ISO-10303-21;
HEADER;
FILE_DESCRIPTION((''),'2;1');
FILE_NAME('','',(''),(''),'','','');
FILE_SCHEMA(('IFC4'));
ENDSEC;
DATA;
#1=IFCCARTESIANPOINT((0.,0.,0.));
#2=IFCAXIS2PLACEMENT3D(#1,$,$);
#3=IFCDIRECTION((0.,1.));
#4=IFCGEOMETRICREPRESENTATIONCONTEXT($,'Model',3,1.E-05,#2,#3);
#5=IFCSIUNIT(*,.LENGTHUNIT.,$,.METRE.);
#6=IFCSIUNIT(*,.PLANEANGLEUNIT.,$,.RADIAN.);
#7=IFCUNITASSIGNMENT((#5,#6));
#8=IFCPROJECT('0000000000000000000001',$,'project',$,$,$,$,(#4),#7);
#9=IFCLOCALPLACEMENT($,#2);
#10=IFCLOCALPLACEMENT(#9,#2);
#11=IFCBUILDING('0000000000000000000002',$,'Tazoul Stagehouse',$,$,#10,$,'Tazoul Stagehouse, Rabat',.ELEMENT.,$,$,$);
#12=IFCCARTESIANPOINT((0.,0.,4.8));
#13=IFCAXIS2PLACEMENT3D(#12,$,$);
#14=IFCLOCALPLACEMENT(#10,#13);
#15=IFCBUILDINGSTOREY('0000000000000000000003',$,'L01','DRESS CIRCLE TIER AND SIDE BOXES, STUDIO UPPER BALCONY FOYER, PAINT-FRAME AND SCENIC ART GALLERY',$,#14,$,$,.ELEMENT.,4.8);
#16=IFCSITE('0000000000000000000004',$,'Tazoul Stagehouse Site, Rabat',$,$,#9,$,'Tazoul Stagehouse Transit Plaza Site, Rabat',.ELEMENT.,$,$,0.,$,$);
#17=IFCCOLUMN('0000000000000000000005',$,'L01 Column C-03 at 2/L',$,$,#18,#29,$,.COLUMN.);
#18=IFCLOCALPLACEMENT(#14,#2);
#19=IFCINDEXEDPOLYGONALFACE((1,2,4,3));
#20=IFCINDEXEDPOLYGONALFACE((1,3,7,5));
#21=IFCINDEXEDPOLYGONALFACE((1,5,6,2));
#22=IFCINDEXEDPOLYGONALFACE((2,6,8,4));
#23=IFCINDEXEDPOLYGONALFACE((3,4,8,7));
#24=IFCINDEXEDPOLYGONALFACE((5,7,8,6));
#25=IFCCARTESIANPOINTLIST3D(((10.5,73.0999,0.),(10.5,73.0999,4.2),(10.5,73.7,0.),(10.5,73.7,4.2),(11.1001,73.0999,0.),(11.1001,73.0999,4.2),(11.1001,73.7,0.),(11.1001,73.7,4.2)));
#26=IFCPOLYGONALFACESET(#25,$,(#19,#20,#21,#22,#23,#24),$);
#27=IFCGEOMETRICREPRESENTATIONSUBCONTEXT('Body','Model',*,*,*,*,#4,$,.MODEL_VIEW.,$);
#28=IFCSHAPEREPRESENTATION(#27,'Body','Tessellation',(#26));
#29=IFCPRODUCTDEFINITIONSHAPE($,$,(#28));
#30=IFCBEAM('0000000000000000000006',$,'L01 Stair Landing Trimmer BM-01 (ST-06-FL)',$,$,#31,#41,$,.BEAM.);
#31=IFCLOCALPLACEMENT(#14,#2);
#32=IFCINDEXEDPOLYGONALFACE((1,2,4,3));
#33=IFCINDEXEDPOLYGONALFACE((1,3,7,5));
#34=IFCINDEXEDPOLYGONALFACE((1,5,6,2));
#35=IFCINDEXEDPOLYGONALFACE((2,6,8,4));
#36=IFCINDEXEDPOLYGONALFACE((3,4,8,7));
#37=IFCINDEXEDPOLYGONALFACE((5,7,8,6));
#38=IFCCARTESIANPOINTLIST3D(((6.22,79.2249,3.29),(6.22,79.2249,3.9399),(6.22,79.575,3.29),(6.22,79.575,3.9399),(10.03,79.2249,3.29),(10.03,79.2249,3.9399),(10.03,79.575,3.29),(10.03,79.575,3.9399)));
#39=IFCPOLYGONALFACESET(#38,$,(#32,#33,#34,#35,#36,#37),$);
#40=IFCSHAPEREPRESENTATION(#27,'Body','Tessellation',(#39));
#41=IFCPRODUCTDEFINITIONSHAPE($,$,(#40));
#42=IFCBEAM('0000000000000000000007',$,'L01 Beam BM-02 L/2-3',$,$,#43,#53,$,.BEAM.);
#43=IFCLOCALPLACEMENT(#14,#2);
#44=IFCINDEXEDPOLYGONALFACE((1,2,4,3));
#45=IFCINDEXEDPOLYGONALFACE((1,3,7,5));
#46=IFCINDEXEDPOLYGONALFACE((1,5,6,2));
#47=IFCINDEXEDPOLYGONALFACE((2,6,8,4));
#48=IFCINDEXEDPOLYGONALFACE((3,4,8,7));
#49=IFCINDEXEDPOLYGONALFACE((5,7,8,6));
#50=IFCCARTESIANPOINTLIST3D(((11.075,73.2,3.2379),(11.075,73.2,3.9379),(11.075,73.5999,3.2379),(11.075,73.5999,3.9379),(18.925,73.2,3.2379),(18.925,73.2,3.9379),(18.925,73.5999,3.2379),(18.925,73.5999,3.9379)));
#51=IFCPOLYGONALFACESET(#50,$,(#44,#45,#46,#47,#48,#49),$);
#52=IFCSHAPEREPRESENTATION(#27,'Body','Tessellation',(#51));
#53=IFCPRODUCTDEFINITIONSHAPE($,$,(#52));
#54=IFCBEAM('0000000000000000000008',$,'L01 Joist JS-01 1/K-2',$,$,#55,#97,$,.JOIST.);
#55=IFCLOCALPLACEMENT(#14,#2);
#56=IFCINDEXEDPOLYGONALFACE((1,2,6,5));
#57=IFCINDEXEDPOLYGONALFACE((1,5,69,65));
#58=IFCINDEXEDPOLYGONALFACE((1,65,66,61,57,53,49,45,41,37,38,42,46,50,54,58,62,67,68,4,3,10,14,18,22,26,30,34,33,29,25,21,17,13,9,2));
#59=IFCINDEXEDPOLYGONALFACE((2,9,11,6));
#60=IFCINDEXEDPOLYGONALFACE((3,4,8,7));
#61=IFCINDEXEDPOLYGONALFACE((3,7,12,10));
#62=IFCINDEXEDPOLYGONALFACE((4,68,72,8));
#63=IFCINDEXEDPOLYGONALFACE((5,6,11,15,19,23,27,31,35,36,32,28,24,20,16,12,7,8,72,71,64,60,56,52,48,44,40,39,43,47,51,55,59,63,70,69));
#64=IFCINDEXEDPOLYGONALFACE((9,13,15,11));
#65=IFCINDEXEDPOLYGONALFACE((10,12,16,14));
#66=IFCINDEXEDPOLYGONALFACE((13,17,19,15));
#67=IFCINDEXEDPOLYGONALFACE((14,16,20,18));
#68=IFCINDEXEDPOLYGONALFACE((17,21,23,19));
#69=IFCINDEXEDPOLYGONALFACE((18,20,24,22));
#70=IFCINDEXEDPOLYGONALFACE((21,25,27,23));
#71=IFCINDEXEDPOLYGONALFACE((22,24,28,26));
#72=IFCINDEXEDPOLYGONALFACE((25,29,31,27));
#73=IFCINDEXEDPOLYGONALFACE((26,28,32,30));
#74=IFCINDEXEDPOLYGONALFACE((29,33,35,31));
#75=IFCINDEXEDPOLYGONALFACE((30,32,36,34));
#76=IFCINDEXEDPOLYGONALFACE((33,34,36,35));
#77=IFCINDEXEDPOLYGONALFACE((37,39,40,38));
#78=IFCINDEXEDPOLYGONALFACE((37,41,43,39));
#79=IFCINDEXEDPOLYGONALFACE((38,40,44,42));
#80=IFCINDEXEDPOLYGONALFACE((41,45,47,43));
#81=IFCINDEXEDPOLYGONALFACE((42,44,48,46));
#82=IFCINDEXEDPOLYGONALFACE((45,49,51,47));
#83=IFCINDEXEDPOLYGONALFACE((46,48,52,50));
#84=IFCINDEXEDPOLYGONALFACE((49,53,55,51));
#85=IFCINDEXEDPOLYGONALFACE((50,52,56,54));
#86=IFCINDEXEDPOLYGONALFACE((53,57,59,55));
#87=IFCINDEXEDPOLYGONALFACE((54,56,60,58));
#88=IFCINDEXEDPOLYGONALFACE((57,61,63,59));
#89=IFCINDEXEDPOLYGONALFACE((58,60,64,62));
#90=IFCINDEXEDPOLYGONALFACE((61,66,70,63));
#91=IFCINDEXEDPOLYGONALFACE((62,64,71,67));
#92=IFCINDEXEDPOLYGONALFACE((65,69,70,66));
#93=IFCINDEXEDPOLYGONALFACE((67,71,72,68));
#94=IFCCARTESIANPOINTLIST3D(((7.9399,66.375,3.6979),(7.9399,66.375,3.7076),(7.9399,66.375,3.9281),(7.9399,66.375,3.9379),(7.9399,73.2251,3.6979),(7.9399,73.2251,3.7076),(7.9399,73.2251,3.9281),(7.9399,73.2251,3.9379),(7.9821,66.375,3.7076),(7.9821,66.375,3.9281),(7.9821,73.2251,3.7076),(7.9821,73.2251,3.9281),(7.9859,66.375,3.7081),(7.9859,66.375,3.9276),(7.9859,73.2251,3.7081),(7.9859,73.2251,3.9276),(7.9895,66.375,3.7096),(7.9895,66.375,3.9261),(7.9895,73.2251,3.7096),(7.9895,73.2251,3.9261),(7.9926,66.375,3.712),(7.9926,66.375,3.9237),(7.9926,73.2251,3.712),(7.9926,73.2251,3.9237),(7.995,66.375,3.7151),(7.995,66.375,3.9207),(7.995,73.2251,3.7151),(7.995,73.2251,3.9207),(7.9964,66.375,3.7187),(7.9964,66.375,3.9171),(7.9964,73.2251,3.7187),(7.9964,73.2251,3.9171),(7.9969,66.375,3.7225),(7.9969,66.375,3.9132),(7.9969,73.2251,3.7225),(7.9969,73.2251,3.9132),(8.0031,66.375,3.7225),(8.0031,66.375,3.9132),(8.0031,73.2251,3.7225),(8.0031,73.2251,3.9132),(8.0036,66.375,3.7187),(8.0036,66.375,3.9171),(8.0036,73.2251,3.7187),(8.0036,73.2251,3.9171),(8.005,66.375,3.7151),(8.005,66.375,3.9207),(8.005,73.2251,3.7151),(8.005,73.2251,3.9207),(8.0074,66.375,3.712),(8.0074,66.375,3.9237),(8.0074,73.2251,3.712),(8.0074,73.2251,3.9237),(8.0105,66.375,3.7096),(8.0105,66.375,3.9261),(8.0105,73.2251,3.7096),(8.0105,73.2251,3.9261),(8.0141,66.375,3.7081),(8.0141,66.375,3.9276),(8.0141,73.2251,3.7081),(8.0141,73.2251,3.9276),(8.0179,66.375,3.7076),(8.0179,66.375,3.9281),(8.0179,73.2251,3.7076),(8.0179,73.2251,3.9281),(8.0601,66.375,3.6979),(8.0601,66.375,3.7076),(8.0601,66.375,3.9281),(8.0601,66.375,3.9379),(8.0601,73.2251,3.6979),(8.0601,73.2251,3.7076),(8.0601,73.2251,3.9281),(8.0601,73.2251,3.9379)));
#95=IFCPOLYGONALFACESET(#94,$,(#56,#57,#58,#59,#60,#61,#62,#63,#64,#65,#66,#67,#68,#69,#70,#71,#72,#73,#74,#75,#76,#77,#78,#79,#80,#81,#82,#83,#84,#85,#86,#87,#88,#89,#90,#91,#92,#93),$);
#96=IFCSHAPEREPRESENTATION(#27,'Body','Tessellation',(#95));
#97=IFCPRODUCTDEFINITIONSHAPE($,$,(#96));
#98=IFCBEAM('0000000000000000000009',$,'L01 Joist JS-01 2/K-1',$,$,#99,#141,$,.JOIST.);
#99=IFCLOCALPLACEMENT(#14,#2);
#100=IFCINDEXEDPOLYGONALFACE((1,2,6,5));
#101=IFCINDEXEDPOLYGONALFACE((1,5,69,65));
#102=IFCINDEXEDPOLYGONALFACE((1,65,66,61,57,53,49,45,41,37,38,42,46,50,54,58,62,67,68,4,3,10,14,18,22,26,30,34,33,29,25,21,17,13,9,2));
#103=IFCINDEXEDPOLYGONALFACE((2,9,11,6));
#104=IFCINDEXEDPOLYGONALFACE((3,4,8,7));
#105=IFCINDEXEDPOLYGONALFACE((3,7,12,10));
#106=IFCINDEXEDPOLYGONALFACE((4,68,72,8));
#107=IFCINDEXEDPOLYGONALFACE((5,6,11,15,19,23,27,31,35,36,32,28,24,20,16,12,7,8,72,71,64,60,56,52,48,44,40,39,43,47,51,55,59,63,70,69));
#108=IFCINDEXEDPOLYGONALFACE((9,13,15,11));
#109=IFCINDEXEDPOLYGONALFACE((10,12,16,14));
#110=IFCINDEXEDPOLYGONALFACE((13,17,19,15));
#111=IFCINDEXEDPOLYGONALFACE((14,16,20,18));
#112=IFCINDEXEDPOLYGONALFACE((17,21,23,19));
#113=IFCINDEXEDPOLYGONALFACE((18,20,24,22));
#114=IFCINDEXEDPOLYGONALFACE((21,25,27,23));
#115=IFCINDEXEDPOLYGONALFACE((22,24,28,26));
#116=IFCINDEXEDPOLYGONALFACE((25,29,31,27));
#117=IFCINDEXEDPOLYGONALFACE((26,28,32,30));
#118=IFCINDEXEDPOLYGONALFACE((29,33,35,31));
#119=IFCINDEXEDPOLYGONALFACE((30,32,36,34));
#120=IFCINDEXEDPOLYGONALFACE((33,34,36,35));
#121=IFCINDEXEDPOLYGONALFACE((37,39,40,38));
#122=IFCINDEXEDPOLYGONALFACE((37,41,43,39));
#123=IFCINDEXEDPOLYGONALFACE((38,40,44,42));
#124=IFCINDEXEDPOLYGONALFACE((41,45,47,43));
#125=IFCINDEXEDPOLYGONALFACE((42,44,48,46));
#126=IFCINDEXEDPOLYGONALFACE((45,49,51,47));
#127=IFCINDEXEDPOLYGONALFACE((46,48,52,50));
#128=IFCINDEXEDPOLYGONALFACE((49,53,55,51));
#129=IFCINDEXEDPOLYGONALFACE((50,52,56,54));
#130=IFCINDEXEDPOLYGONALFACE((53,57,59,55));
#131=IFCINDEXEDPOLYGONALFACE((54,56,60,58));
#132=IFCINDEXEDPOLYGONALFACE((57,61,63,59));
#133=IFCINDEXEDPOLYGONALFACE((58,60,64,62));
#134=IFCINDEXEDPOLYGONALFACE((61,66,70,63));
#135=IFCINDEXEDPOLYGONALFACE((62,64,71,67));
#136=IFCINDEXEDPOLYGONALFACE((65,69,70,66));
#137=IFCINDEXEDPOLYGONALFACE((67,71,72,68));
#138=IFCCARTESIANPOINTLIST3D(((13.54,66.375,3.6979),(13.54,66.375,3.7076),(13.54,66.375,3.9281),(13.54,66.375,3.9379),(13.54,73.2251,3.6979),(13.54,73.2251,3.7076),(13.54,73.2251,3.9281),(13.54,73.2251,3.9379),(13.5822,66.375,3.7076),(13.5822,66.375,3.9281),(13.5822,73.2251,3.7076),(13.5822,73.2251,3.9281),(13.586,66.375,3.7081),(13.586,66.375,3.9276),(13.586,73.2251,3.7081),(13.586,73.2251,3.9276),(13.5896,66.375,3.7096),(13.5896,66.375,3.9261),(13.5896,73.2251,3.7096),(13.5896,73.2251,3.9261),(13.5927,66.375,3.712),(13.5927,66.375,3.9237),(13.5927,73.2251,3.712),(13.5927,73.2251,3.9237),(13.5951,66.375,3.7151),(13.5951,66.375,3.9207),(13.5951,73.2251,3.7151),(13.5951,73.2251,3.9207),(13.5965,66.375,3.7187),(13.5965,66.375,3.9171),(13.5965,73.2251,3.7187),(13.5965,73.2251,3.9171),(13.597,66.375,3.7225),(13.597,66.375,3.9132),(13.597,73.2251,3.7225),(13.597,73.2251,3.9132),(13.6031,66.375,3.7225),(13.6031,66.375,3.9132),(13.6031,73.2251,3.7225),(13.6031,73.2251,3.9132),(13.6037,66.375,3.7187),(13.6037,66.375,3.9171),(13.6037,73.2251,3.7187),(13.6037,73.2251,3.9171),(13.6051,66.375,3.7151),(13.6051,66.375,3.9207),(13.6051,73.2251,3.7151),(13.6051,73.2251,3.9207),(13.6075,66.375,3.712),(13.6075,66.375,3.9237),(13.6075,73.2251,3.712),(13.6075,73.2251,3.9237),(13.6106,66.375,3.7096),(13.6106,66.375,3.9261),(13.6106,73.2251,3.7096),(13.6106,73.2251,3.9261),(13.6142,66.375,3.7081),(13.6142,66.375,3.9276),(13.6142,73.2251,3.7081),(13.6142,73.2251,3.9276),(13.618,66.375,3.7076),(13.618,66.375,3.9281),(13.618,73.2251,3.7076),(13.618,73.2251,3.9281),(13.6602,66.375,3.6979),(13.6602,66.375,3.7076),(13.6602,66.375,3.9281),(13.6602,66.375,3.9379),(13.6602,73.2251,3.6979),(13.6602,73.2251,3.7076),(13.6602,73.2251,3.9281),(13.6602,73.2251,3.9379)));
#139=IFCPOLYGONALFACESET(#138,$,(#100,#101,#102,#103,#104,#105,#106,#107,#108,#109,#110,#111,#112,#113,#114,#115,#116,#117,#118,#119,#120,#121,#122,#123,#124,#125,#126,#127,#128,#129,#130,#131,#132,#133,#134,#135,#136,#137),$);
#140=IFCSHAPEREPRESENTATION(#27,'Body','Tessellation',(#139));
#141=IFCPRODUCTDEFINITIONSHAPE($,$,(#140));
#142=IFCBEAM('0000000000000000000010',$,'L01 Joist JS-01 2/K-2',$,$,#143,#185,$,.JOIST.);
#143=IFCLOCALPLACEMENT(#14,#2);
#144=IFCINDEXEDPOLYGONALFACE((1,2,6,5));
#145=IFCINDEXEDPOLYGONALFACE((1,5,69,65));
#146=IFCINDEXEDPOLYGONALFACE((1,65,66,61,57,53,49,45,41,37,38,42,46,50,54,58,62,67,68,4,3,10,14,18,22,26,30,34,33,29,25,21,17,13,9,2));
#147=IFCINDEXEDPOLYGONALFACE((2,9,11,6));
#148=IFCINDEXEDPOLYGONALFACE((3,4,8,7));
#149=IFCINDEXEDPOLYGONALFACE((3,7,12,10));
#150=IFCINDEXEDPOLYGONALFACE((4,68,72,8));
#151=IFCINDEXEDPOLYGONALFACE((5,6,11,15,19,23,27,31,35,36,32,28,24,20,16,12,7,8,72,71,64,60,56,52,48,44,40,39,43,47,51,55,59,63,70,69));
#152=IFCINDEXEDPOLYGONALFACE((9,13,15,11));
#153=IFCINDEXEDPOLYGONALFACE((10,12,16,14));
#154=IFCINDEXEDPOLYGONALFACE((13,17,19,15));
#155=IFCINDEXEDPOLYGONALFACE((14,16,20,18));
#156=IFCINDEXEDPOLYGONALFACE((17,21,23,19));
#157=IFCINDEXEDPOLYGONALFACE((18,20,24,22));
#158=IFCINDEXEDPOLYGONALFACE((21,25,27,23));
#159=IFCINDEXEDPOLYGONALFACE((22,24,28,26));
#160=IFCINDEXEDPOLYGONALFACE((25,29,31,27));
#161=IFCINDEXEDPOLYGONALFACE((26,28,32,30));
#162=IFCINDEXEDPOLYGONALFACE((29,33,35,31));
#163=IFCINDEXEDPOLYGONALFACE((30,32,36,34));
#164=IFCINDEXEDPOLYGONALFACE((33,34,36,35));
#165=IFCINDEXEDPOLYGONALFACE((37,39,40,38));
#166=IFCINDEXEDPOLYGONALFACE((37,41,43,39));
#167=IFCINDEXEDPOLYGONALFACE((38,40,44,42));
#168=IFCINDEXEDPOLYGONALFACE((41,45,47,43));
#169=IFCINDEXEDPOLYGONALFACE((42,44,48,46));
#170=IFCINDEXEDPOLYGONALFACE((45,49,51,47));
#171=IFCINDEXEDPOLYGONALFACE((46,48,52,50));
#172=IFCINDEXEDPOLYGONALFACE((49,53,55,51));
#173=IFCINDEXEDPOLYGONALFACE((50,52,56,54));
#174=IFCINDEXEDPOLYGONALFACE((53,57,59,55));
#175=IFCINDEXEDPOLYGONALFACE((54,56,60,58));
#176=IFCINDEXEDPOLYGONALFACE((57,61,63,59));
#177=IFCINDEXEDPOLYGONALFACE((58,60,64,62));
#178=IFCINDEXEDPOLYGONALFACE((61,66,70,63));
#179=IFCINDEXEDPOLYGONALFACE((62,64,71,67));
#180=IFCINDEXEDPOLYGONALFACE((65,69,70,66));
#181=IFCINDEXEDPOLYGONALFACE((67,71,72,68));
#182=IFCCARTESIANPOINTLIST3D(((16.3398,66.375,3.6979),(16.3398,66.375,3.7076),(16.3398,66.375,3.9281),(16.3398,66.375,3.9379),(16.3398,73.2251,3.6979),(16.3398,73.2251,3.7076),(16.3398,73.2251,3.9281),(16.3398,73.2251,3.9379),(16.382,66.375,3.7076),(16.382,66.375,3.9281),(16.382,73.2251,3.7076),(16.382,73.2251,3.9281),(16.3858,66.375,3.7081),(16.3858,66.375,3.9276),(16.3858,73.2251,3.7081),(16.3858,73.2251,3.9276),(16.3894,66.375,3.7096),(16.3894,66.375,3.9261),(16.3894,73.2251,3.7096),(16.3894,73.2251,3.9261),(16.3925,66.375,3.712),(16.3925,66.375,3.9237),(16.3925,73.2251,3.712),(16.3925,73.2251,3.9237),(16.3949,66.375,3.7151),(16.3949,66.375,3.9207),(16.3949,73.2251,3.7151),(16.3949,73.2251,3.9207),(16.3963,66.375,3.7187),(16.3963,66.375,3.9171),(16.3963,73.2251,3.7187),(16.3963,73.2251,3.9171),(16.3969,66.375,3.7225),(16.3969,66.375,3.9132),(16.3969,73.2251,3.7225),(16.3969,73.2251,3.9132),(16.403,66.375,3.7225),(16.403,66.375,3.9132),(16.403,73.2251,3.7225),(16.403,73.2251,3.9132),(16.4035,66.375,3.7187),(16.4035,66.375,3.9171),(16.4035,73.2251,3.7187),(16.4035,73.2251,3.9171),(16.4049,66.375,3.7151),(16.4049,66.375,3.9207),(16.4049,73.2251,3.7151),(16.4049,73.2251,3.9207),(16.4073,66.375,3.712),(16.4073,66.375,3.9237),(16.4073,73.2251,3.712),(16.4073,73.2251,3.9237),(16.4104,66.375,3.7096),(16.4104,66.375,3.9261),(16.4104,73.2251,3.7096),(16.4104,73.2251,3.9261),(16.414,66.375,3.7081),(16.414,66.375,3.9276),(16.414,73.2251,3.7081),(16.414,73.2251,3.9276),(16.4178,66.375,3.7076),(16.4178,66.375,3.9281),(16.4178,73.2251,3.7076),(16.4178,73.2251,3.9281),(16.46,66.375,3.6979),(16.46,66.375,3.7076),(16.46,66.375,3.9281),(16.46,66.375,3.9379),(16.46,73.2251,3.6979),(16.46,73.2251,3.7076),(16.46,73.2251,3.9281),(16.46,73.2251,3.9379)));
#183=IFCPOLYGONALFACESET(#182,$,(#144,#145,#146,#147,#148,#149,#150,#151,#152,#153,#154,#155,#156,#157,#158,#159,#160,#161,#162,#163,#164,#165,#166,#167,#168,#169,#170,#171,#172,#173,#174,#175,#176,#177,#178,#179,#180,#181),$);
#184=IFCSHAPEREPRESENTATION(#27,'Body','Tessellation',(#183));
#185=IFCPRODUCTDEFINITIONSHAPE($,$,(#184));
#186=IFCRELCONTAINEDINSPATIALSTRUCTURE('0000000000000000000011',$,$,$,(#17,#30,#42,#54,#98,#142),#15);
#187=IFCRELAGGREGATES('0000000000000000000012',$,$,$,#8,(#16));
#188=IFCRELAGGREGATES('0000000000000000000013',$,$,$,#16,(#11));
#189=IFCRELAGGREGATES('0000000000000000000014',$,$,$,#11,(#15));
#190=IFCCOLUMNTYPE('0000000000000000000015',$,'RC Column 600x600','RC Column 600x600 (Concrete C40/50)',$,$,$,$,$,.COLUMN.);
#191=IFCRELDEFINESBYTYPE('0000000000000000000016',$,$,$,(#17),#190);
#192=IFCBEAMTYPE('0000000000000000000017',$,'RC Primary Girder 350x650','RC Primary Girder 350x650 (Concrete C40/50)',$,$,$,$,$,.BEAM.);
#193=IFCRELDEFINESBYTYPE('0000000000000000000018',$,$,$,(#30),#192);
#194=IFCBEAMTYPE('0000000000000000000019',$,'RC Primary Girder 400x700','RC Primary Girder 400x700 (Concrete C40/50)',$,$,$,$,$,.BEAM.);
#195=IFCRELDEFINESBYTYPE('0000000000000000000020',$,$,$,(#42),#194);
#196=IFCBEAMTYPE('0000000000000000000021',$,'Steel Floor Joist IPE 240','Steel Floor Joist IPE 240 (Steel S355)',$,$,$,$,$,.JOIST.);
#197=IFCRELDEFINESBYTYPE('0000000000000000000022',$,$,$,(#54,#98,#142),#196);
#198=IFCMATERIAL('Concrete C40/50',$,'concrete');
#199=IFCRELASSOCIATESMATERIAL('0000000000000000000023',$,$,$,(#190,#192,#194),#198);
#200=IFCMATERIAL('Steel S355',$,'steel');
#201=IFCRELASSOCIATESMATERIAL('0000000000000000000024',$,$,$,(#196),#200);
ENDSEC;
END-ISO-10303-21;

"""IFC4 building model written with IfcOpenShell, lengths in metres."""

from ifc_helpers import new_model, si_unit, direction, frame, origin, origin_2d, place, context, subcontext, project, spatial, rectangle, i_section, extrude, material, material_profile, profile_set, type_object, element, save


model = new_model("IFC4")

# Units and contexts
model_context = context("Model", 3, precision=1e-05, world=origin(), true_north=direction((0.0, 1.0)))
body_context = subcontext(model_context, "Body", "Model", "MODEL_VIEW")
ifc_project = project(units=[si_unit("LENGTHUNIT", "METRE"), si_unit("PLANEANGLEUNIT", "RADIAN")], contexts=[model_context])

# Site, building, storey
site_placement = place(None, origin())
site = spatial("IfcSite", under=ifc_project, at=site_placement, Name="Tazoul Stagehouse Site, Rabat", LongName="Tazoul Stagehouse Transit Plaza Site, Rabat", CompositionType="ELEMENT", RefElevation=0.0)
building_placement = place(site_placement, origin())
building = spatial("IfcBuilding", under=site, at=building_placement, Name="Tazoul Stagehouse", LongName="Tazoul Stagehouse, Rabat", CompositionType="ELEMENT")
storey_placement = place(building_placement, frame((0.0, 0.0, 4.8)))
storey = spatial("IfcBuildingStorey", under=building, at=storey_placement, Name="L01", Description="DRESS CIRCLE TIER AND SIDE BOXES, STUDIO UPPER BALCONY FOYER, PAINT-FRAME AND SCENIC ART GALLERY", CompositionType="ELEMENT", Elevation=4.8)

# Column
ifc_material_1 = material(Name="Concrete C40/50", Category="concrete")
ifc_material_profile_1 = material_profile(ifc_material_1, rectangle(XDim=0.6001, YDim=0.6001, at=origin_2d()), Name="RC 600x600")
ifc_profile_set_1 = profile_set([ifc_material_profile_1], Name="Concrete C40/50")
column_type = type_object("IfcColumnType", Name="RC Column 600x600", Description="RC Column 600x600 (Concrete C40/50)", PredefinedType="COLUMN", material=ifc_profile_set_1)
column_placement = place(storey_placement, frame((10.8, 73.3999, 0.0), z_axis=(0.0, 0.0, 1.0), x_axis=(1.0, 0.0, 0.0)))
element("IfcColumn", 1, at=column_placement, inside=storey, type_object=column_type, Name="L01 Column C-03 at 2/L", PredefinedType="COLUMN", context=body_context, shape_type="SweptSolid", body=[
    extrude(rectangle(XDim=0.6001, YDim=0.6001, at=origin_2d()), origin(), (0.0, 0.0, 1.0), 4.2),
])

# Beams
ifc_material_profile_2 = material_profile(ifc_material_1, rectangle(XDim=0.3501, YDim=0.6499, at=origin_2d()), Name="RC 350x650")
ifc_profile_set_2 = profile_set([ifc_material_profile_2], Name="Concrete C40/50")
beam_type_1 = type_object("IfcBeamType", Name="RC Primary Girder 350x650", Description="RC Primary Girder 350x650 (Concrete C40/50)", PredefinedType="BEAM", material=ifc_profile_set_2)
beam_1_placement = place(storey_placement, frame((6.22, 79.3999, 3.615), z_axis=(1.0, 0.0, 0.0), x_axis=(0.0, 1.0, 0.0)))
element("IfcBeam", 2, at=beam_1_placement, inside=storey, type_object=beam_type_1, Name="L01 Stair Landing Trimmer BM-01 (ST-06-FL)", PredefinedType="BEAM", context=body_context, shape_type="SweptSolid", body=[
    extrude(rectangle(XDim=0.3501, YDim=0.6499, at=origin_2d()), origin(), (0.0, 0.0, 1.0), 3.8101),
])
ifc_material_profile_3 = material_profile(ifc_material_1, rectangle(XDim=0.3999, YDim=0.7, at=origin_2d()), Name="RC 400x700")
ifc_profile_set_3 = profile_set([ifc_material_profile_3], Name="Concrete C40/50")
beam_type_2 = type_object("IfcBeamType", Name="RC Primary Girder 400x700", Description="RC Primary Girder 400x700 (Concrete C40/50)", PredefinedType="BEAM", material=ifc_profile_set_3)
beam_2_placement = place(storey_placement, frame((11.075, 73.3999, 3.5879), z_axis=(1.0, 0.0, 0.0), x_axis=(0.0, 1.0, 0.0)))
element("IfcBeam", 3, at=beam_2_placement, inside=storey, type_object=beam_type_2, Name="L01 Beam BM-02 L/2-3", PredefinedType="BEAM", context=body_context, shape_type="SweptSolid", body=[
    extrude(rectangle(XDim=0.3999, YDim=0.7, at=origin_2d()), origin(), (0.0, 0.0, 1.0), 7.8501),
])
ifc_material_2 = material(Name="Steel S355", Category="steel")
ifc_material_profile_4 = material_profile(ifc_material_2, i_section(OverallWidth=0.1201, OverallDepth=0.24, WebThickness=0.0061, FlangeThickness=0.0098, FilletRadius=0.0149, at=origin_2d()), Name="IPE 240")
ifc_profile_set_4 = profile_set([ifc_material_profile_4], Name="Steel S355")
beam_type_3 = type_object("IfcBeamType", Name="Steel Floor Joist IPE 240", Description="Steel Floor Joist IPE 240 (Steel S355)", PredefinedType="JOIST", material=ifc_profile_set_4)
for number, where, z_axis, x_axis, name in (
    (4, (8.0, 66.375, 3.8179), (0.0, 1.0, 0.0), (-1.0, 0.0, 0.0), "L01 Joist JS-01 1/K-2"),
    (5, (13.6001, 66.375, 3.8179), (0.0, 1.0, 0.0), (-1.0, 0.0, 0.0), "L01 Joist JS-01 2/K-1"),
    (6, (16.3999, 66.375, 3.8179), (0.0, 1.0, 0.0), (-1.0, 0.0, 0.0), "L01 Joist JS-01 2/K-2"),
):
    element("IfcBeam", number, at=place(storey_placement, frame(where, z_axis=z_axis, x_axis=x_axis)), inside=storey, type_object=beam_type_3, Name=name, PredefinedType="JOIST", context=body_context, shape_type="SweptSolid", body=[
        extrude(i_section(OverallWidth=0.1201, OverallDepth=0.24, WebThickness=0.0061, FlangeThickness=0.0098, FilletRadius=0.0149, at=origin_2d()), origin(), (0.0, 0.0, 1.0), 6.8501),
    ])

save(model, "model.ifc")
